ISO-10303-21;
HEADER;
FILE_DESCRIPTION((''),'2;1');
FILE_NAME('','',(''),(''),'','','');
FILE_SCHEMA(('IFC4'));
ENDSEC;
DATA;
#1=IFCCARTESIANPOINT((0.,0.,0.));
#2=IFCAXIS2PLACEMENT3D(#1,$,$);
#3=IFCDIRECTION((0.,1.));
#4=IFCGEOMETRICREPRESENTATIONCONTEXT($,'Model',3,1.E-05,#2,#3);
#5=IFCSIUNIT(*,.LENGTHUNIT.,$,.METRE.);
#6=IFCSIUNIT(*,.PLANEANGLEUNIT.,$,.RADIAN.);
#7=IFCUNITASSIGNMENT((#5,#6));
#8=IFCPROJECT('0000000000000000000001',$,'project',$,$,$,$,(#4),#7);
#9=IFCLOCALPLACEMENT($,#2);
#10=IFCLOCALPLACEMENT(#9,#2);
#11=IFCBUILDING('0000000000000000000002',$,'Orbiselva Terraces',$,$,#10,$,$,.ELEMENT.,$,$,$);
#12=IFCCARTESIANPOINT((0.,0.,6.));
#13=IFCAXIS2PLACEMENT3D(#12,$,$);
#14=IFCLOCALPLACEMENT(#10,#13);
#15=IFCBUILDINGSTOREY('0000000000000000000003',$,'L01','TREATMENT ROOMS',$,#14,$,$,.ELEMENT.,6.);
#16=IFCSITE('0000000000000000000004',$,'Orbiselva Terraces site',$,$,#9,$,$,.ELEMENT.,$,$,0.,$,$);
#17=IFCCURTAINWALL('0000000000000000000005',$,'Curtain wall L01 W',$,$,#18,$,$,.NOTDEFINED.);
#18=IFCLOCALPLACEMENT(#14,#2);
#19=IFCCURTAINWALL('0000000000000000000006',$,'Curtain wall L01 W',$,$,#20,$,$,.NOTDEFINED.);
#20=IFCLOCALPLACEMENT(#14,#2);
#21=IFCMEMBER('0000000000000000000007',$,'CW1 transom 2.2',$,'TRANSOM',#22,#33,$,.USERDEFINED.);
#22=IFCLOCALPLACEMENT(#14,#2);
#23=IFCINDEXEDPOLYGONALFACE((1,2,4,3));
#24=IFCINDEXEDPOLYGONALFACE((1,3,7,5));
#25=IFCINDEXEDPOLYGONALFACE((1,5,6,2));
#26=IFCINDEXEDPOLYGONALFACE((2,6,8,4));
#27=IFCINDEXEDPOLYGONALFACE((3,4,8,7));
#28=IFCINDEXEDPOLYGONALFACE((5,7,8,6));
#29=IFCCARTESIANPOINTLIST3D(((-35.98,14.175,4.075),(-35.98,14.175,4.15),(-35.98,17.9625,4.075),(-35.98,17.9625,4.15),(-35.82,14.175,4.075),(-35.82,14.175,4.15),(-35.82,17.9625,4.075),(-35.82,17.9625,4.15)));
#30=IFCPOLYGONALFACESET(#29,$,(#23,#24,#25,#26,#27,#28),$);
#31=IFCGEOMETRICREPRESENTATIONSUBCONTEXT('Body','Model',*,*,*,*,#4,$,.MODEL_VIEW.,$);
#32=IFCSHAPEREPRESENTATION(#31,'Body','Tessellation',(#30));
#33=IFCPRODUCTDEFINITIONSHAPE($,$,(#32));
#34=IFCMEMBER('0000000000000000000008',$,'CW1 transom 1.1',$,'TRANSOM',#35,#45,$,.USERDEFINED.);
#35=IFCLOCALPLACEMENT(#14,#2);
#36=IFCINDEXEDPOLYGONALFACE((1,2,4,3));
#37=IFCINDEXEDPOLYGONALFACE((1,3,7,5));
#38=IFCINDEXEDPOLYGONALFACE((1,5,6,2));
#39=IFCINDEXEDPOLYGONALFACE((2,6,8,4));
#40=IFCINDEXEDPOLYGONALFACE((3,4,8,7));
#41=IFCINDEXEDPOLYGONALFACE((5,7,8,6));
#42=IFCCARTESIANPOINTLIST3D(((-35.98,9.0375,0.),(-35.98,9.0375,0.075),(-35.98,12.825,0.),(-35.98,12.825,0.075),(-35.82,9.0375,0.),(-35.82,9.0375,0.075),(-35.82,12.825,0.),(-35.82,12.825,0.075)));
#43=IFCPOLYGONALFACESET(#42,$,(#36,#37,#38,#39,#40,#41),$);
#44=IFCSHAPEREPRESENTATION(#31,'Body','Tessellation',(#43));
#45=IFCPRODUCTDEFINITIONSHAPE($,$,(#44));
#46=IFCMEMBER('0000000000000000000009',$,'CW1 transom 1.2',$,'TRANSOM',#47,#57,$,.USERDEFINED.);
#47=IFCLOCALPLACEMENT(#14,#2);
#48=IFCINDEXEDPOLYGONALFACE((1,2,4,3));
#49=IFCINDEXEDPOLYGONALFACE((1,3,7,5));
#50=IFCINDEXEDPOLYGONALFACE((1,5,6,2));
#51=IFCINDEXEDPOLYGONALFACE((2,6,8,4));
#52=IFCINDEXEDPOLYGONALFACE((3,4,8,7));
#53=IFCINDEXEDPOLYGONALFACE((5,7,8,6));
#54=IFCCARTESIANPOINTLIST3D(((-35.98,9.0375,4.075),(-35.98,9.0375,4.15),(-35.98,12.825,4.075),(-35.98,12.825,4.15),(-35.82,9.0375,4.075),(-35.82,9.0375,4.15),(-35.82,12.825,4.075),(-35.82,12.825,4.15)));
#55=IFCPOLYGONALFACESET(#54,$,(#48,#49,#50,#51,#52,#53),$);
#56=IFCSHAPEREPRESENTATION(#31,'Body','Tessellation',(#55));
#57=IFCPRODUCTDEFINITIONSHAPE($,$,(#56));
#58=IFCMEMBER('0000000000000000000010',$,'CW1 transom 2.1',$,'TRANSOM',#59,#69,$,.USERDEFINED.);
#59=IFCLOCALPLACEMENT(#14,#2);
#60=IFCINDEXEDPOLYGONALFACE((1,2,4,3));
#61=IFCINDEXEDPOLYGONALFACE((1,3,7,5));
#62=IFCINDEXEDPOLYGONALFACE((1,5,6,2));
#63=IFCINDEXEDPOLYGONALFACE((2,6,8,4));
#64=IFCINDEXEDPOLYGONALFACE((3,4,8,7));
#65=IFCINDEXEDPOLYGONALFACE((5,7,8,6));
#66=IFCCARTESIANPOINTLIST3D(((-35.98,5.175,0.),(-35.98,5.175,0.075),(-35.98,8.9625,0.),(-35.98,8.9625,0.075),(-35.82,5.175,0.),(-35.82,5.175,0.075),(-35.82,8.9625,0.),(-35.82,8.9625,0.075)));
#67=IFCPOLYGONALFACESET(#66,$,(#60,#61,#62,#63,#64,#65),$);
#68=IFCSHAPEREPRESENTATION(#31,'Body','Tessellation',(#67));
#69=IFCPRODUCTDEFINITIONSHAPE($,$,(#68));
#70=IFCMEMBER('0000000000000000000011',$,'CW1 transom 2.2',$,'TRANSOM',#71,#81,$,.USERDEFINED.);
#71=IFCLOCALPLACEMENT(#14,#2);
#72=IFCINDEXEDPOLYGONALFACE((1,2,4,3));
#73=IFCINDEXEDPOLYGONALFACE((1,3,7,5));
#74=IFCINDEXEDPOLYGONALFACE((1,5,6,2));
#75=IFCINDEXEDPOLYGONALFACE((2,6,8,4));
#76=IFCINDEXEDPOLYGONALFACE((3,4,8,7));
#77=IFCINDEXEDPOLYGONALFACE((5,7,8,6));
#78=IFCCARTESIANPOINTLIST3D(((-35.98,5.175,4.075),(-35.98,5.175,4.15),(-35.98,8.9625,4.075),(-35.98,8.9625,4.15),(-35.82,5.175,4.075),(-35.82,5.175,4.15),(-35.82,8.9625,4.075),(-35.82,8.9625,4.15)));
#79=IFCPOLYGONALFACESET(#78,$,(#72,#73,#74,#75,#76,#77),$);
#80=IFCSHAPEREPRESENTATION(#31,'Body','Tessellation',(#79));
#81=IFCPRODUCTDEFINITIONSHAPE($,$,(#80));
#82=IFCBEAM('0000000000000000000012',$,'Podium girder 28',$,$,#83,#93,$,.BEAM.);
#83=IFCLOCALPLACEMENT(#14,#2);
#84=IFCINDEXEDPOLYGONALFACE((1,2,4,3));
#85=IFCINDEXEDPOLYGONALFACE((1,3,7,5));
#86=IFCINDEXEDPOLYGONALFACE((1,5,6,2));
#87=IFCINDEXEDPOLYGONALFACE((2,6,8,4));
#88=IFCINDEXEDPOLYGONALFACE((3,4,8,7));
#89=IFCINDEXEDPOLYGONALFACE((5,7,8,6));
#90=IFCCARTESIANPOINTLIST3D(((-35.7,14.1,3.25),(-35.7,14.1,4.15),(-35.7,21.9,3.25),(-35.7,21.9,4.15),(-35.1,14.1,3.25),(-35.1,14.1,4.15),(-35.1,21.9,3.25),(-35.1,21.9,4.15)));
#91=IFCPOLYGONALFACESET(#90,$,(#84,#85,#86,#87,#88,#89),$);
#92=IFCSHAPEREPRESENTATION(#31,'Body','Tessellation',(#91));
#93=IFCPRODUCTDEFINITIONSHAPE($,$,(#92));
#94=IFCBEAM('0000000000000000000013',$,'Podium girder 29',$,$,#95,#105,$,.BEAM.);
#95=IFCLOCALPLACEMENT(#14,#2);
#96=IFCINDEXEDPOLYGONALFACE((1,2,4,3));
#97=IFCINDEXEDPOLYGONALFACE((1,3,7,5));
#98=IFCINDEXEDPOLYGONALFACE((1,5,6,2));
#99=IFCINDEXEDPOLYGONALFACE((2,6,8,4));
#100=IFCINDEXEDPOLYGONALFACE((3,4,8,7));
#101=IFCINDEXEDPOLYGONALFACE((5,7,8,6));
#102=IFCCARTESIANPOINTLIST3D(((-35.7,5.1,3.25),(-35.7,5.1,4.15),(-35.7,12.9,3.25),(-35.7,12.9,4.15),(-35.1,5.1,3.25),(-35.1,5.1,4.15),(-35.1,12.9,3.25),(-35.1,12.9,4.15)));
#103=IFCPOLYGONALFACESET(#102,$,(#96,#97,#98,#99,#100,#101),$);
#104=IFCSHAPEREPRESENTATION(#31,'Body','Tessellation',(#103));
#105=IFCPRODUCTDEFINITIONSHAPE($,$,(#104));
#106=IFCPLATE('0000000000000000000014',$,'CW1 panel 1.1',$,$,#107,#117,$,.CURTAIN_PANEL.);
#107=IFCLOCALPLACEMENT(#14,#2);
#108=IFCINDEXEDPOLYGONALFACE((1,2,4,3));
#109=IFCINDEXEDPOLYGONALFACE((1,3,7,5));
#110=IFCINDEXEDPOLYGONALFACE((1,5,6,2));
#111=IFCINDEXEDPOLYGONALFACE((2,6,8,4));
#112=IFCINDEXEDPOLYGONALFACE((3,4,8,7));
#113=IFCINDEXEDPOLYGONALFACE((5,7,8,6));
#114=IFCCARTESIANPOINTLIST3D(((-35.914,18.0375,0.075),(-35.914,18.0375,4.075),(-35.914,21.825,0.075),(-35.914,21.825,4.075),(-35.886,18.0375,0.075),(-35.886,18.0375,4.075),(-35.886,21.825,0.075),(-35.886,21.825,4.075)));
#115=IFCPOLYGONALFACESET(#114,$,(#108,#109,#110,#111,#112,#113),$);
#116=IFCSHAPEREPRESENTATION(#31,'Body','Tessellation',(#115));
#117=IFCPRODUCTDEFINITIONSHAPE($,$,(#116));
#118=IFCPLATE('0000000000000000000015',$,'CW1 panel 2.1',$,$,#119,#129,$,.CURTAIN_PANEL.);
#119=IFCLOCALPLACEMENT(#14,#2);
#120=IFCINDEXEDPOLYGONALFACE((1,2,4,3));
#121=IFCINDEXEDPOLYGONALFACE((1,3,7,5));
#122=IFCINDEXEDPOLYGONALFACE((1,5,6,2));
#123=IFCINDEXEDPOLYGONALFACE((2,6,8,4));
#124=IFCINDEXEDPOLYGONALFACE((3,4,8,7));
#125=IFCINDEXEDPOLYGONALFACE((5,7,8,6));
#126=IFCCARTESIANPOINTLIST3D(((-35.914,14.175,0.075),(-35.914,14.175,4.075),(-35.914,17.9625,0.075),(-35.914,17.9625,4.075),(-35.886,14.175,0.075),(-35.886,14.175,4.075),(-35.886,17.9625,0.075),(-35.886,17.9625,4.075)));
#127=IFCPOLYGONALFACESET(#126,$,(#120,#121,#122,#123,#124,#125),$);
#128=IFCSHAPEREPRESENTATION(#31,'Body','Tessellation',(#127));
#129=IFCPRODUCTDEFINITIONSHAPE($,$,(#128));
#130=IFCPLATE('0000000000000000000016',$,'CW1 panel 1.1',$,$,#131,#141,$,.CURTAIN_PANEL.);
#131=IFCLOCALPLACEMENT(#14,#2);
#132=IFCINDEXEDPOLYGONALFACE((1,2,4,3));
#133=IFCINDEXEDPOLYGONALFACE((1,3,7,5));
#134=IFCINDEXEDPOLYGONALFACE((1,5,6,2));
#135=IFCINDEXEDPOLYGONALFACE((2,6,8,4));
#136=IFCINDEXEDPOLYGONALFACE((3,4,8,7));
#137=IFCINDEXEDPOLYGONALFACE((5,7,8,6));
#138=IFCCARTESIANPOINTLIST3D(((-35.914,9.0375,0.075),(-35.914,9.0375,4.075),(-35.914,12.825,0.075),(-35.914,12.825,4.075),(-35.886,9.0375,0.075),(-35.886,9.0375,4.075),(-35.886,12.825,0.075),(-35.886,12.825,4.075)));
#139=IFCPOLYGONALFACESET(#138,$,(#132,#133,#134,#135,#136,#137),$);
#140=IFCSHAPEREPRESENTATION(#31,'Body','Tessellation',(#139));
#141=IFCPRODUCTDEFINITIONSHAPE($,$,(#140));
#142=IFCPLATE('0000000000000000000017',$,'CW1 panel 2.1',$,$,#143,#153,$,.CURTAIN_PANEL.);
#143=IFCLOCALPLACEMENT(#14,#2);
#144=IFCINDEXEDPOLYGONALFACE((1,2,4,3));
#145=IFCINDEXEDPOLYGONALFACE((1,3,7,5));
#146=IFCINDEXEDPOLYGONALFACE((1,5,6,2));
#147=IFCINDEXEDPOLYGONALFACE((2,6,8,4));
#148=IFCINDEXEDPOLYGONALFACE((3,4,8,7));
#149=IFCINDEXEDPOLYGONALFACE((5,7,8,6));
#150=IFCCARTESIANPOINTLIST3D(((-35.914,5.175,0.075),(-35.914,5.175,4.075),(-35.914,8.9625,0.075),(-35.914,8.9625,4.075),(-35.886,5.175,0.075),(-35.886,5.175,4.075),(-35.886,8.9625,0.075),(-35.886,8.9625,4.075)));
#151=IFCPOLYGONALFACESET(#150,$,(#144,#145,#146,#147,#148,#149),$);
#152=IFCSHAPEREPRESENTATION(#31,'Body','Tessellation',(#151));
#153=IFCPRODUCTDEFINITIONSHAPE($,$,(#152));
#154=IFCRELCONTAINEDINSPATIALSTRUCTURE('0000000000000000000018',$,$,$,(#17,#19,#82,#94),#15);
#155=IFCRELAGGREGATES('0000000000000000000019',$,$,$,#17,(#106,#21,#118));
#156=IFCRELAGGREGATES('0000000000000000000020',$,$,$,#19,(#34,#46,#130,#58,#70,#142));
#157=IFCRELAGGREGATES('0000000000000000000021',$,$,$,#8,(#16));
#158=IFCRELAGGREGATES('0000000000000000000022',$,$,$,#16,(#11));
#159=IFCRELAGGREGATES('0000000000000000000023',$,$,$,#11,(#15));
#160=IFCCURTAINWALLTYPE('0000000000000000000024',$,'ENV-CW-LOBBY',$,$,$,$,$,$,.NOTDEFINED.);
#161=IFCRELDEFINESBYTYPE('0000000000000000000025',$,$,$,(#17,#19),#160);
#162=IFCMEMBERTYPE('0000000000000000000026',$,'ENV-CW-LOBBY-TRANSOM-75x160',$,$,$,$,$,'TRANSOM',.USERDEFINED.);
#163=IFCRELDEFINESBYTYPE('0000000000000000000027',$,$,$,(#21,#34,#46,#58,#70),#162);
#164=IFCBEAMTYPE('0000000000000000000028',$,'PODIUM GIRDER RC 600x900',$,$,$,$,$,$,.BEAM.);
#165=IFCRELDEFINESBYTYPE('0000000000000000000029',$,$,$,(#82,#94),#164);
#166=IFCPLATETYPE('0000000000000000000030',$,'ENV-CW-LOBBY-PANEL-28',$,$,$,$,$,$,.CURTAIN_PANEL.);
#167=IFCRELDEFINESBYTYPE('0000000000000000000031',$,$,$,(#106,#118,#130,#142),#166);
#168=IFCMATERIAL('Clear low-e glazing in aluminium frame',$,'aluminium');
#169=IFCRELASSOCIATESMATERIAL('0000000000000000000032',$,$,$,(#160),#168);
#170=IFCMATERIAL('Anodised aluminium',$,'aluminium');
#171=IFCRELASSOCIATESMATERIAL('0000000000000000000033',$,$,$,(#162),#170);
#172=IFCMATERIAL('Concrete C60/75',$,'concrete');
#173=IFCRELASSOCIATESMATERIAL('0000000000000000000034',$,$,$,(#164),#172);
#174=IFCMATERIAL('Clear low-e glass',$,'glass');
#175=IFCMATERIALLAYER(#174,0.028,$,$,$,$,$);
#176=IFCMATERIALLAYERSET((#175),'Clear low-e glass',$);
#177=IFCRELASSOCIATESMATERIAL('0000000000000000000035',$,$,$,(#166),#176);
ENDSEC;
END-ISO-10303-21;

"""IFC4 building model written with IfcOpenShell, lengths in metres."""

from ifc_helpers import new_model, si_unit, direction, frame, origin, origin_2d, place, context, subcontext, project, spatial, rectangle, extrude, material, layer, layer_set, material_profile, profile_set, type_object, element, aggregate, save


model = new_model("IFC4")

# Units and contexts
model_context = context("Model", 3, precision=1e-05, world=origin(), true_north=direction((0.0, 1.0)))
body_context = subcontext(model_context, "Body", "Model", "MODEL_VIEW")
ifc_project = project(units=[si_unit("LENGTHUNIT", "METRE"), si_unit("PLANEANGLEUNIT", "RADIAN")], contexts=[model_context])

# Site, building, storey
site_placement = place(None, origin())
site = spatial("IfcSite", under=ifc_project, at=site_placement, Name="Orbiselva Terraces site", CompositionType="ELEMENT", RefElevation=0.0)
building_placement = place(site_placement, origin())
building = spatial("IfcBuilding", under=site, at=building_placement, Name="Orbiselva Terraces", CompositionType="ELEMENT")
storey_placement = place(building_placement, frame((0.0, 0.0, 6.0)))
storey = spatial("IfcBuildingStorey", under=building, at=storey_placement, Name="L01", Description="TREATMENT ROOMS", CompositionType="ELEMENT", Elevation=6.0)

# Shared definitions
ifc_material_1 = material(Name="Concrete C60/75", Category="concrete")

# Curtain walls
ifc_material_2 = material(Name="Clear low-e glazing in aluminium frame", Category="aluminium")
curtain_wall_type = type_object("IfcCurtainWallType", Name="ENV-CW-LOBBY", PredefinedType="NOTDEFINED", material=ifc_material_2)
curtain_wall_1_placement = place(storey_placement, origin())
curtain_wall_1 = element("IfcCurtainWall", 1, at=curtain_wall_1_placement, inside=storey, type_object=curtain_wall_type, Name="Curtain wall L01 W", PredefinedType="NOTDEFINED")
ifc_material_3 = material(Name="Anodised aluminium", Category="aluminium")
curtain_wall_2_placement = place(storey_placement, origin())
curtain_wall_2 = element("IfcCurtainWall", 2, at=curtain_wall_2_placement, inside=storey, type_object=curtain_wall_type, Name="Curtain wall L01 W", PredefinedType="NOTDEFINED")

# Members
ifc_material_profile_1 = material_profile(ifc_material_3, rectangle(XDim=0.16, YDim=0.075, at=origin_2d()), Name="AL 75x160")
ifc_profile_set_1 = profile_set([ifc_material_profile_1], Name="Anodised aluminium")
member_type_1 = type_object("IfcMemberType", Name="ENV-CW-LOBBY-TRANSOM-75x160", ElementType="TRANSOM", PredefinedType="USERDEFINED", material=ifc_profile_set_1)
member_1_placement = place(storey_placement, frame((-35.9, 17.9625, 4.1125), z_axis=(0.0, -1.0, 0.0), x_axis=(1.0, 0.0, 0.0)))
member_1 = element("IfcMember", 3, at=member_1_placement, type_object=member_type_1, Name="CW1 transom 2.2", ObjectType="TRANSOM", PredefinedType="USERDEFINED", context=body_context, shape_type="SweptSolid", body=[
    extrude(rectangle(XDim=0.16, YDim=0.075, at=origin_2d()), origin(), (0.0, 0.0, 1.0), 3.7875),
])
member_2_placement = place(storey_placement, frame((-35.9, 12.825, 0.0375), z_axis=(0.0, -1.0, 0.0), x_axis=(1.0, 0.0, 0.0)))
member_2 = element("IfcMember", 4, at=member_2_placement, type_object=member_type_1, Name="CW1 transom 1.1", ObjectType="TRANSOM", PredefinedType="USERDEFINED", context=body_context, shape_type="SweptSolid", body=[
    extrude(rectangle(XDim=0.16, YDim=0.075, at=origin_2d()), origin(), (0.0, 0.0, 1.0), 3.7875),
])
member_3_placement = place(storey_placement, frame((-35.9, 12.825, 4.1125), z_axis=(0.0, -1.0, 0.0), x_axis=(1.0, 0.0, 0.0)))
member_3 = element("IfcMember", 5, at=member_3_placement, type_object=member_type_1, Name="CW1 transom 1.2", ObjectType="TRANSOM", PredefinedType="USERDEFINED", context=body_context, shape_type="SweptSolid", body=[
    extrude(rectangle(XDim=0.16, YDim=0.075, at=origin_2d()), origin(), (0.0, 0.0, 1.0), 3.7875),
])
member_4_placement = place(storey_placement, frame((-35.9, 8.9625, 0.0375), z_axis=(0.0, -1.0, 0.0), x_axis=(1.0, 0.0, 0.0)))
member_4 = element("IfcMember", 6, at=member_4_placement, type_object=member_type_1, Name="CW1 transom 2.1", ObjectType="TRANSOM", PredefinedType="USERDEFINED", context=body_context, shape_type="SweptSolid", body=[
    extrude(rectangle(XDim=0.16, YDim=0.075, at=origin_2d()), origin(), (0.0, 0.0, 1.0), 3.7875),
])
member_5_placement = place(storey_placement, frame((-35.9, 8.9625, 4.1125), z_axis=(0.0, -1.0, 0.0), x_axis=(1.0, 0.0, 0.0)))
member_5 = element("IfcMember", 7, at=member_5_placement, type_object=member_type_1, Name="CW1 transom 2.2", ObjectType="TRANSOM", PredefinedType="USERDEFINED", context=body_context, shape_type="SweptSolid", body=[
    extrude(rectangle(XDim=0.16, YDim=0.075, at=origin_2d()), origin(), (0.0, 0.0, 1.0), 3.7875),
])

# Beams
ifc_material_profile_2 = material_profile(ifc_material_1, rectangle(XDim=0.6, YDim=0.9, at=origin_2d()), Name="RC 600x900")
ifc_profile_set_2 = profile_set([ifc_material_profile_2], Name="Concrete C60/75")
beam_type = type_object("IfcBeamType", Name="PODIUM GIRDER RC 600x900", PredefinedType="BEAM", material=ifc_profile_set_2)
for number, where, z_axis, x_axis, name in (
    (8, (-35.4, 21.9, 3.7), (0.0, -1.0, 0.0), (1.0, 0.0, 0.0), "Podium girder 28"),
    (9, (-35.4, 12.9, 3.7), (0.0, -1.0, 0.0), (1.0, 0.0, 0.0), "Podium girder 29"),
):
    element("IfcBeam", number, at=place(storey_placement, frame(where, z_axis=z_axis, x_axis=x_axis)), inside=storey, type_object=beam_type, Name=name, PredefinedType="BEAM", context=body_context, shape_type="SweptSolid", body=[
        extrude(rectangle(XDim=0.6, YDim=0.9, at=origin_2d()), origin(), (0.0, 0.0, 1.0), 7.8),
    ])

# Plates
ifc_material_4 = material(Name="Clear low-e glass", Category="glass")
ifc_layer_1 = layer(ifc_material_4, 0.028)
ifc_layer_set_1 = layer_set([ifc_layer_1], Name="Clear low-e glass")
plate_type = type_object("IfcPlateType", Name="ENV-CW-LOBBY-PANEL-28", PredefinedType="CURTAIN_PANEL", material=ifc_layer_set_1)
plate_1_placement = place(storey_placement, frame((-35.9, 19.9312, 0.075), z_axis=(0.0, 0.0, 1.0), x_axis=(0.0, -1.0, 0.0)))
plate_1 = element("IfcPlate", 10, at=plate_1_placement, type_object=plate_type, Name="CW1 panel 1.1", PredefinedType="CURTAIN_PANEL", context=body_context, shape_type="SweptSolid", body=[
    extrude(rectangle(XDim=3.7875, YDim=0.028, at=origin_2d()), origin(), (0.0, 0.0, 1.0), 4.0),
])
plate_2_placement = place(storey_placement, frame((-35.9, 16.0688, 0.075), z_axis=(0.0, 0.0, 1.0), x_axis=(0.0, -1.0, 0.0)))
plate_2 = element("IfcPlate", 11, at=plate_2_placement, type_object=plate_type, Name="CW1 panel 2.1", PredefinedType="CURTAIN_PANEL", context=body_context, shape_type="SweptSolid", body=[
    extrude(rectangle(XDim=3.7875, YDim=0.028, at=origin_2d()), origin(), (0.0, 0.0, 1.0), 4.0),
])
aggregate(curtain_wall_1, [plate_1, member_1, plate_2])
plate_3_placement = place(storey_placement, frame((-35.9, 10.9313, 0.075), z_axis=(0.0, 0.0, 1.0), x_axis=(0.0, -1.0, 0.0)))
plate_3 = element("IfcPlate", 12, at=plate_3_placement, type_object=plate_type, Name="CW1 panel 1.1", PredefinedType="CURTAIN_PANEL", context=body_context, shape_type="SweptSolid", body=[
    extrude(rectangle(XDim=3.7875, YDim=0.028, at=origin_2d()), origin(), (0.0, 0.0, 1.0), 4.0),
])
plate_4_placement = place(storey_placement, frame((-35.9, 7.0687, 0.075), z_axis=(0.0, 0.0, 1.0), x_axis=(0.0, -1.0, 0.0)))
plate_4 = element("IfcPlate", 13, at=plate_4_placement, type_object=plate_type, Name="CW1 panel 2.1", PredefinedType="CURTAIN_PANEL", context=body_context, shape_type="SweptSolid", body=[
    extrude(rectangle(XDim=3.7875, YDim=0.028, at=origin_2d()), origin(), (0.0, 0.0, 1.0), 4.0),
])
aggregate(curtain_wall_2, [member_2, member_3, plate_3, member_4, member_5, plate_4])

save(model, "model.ifc")
